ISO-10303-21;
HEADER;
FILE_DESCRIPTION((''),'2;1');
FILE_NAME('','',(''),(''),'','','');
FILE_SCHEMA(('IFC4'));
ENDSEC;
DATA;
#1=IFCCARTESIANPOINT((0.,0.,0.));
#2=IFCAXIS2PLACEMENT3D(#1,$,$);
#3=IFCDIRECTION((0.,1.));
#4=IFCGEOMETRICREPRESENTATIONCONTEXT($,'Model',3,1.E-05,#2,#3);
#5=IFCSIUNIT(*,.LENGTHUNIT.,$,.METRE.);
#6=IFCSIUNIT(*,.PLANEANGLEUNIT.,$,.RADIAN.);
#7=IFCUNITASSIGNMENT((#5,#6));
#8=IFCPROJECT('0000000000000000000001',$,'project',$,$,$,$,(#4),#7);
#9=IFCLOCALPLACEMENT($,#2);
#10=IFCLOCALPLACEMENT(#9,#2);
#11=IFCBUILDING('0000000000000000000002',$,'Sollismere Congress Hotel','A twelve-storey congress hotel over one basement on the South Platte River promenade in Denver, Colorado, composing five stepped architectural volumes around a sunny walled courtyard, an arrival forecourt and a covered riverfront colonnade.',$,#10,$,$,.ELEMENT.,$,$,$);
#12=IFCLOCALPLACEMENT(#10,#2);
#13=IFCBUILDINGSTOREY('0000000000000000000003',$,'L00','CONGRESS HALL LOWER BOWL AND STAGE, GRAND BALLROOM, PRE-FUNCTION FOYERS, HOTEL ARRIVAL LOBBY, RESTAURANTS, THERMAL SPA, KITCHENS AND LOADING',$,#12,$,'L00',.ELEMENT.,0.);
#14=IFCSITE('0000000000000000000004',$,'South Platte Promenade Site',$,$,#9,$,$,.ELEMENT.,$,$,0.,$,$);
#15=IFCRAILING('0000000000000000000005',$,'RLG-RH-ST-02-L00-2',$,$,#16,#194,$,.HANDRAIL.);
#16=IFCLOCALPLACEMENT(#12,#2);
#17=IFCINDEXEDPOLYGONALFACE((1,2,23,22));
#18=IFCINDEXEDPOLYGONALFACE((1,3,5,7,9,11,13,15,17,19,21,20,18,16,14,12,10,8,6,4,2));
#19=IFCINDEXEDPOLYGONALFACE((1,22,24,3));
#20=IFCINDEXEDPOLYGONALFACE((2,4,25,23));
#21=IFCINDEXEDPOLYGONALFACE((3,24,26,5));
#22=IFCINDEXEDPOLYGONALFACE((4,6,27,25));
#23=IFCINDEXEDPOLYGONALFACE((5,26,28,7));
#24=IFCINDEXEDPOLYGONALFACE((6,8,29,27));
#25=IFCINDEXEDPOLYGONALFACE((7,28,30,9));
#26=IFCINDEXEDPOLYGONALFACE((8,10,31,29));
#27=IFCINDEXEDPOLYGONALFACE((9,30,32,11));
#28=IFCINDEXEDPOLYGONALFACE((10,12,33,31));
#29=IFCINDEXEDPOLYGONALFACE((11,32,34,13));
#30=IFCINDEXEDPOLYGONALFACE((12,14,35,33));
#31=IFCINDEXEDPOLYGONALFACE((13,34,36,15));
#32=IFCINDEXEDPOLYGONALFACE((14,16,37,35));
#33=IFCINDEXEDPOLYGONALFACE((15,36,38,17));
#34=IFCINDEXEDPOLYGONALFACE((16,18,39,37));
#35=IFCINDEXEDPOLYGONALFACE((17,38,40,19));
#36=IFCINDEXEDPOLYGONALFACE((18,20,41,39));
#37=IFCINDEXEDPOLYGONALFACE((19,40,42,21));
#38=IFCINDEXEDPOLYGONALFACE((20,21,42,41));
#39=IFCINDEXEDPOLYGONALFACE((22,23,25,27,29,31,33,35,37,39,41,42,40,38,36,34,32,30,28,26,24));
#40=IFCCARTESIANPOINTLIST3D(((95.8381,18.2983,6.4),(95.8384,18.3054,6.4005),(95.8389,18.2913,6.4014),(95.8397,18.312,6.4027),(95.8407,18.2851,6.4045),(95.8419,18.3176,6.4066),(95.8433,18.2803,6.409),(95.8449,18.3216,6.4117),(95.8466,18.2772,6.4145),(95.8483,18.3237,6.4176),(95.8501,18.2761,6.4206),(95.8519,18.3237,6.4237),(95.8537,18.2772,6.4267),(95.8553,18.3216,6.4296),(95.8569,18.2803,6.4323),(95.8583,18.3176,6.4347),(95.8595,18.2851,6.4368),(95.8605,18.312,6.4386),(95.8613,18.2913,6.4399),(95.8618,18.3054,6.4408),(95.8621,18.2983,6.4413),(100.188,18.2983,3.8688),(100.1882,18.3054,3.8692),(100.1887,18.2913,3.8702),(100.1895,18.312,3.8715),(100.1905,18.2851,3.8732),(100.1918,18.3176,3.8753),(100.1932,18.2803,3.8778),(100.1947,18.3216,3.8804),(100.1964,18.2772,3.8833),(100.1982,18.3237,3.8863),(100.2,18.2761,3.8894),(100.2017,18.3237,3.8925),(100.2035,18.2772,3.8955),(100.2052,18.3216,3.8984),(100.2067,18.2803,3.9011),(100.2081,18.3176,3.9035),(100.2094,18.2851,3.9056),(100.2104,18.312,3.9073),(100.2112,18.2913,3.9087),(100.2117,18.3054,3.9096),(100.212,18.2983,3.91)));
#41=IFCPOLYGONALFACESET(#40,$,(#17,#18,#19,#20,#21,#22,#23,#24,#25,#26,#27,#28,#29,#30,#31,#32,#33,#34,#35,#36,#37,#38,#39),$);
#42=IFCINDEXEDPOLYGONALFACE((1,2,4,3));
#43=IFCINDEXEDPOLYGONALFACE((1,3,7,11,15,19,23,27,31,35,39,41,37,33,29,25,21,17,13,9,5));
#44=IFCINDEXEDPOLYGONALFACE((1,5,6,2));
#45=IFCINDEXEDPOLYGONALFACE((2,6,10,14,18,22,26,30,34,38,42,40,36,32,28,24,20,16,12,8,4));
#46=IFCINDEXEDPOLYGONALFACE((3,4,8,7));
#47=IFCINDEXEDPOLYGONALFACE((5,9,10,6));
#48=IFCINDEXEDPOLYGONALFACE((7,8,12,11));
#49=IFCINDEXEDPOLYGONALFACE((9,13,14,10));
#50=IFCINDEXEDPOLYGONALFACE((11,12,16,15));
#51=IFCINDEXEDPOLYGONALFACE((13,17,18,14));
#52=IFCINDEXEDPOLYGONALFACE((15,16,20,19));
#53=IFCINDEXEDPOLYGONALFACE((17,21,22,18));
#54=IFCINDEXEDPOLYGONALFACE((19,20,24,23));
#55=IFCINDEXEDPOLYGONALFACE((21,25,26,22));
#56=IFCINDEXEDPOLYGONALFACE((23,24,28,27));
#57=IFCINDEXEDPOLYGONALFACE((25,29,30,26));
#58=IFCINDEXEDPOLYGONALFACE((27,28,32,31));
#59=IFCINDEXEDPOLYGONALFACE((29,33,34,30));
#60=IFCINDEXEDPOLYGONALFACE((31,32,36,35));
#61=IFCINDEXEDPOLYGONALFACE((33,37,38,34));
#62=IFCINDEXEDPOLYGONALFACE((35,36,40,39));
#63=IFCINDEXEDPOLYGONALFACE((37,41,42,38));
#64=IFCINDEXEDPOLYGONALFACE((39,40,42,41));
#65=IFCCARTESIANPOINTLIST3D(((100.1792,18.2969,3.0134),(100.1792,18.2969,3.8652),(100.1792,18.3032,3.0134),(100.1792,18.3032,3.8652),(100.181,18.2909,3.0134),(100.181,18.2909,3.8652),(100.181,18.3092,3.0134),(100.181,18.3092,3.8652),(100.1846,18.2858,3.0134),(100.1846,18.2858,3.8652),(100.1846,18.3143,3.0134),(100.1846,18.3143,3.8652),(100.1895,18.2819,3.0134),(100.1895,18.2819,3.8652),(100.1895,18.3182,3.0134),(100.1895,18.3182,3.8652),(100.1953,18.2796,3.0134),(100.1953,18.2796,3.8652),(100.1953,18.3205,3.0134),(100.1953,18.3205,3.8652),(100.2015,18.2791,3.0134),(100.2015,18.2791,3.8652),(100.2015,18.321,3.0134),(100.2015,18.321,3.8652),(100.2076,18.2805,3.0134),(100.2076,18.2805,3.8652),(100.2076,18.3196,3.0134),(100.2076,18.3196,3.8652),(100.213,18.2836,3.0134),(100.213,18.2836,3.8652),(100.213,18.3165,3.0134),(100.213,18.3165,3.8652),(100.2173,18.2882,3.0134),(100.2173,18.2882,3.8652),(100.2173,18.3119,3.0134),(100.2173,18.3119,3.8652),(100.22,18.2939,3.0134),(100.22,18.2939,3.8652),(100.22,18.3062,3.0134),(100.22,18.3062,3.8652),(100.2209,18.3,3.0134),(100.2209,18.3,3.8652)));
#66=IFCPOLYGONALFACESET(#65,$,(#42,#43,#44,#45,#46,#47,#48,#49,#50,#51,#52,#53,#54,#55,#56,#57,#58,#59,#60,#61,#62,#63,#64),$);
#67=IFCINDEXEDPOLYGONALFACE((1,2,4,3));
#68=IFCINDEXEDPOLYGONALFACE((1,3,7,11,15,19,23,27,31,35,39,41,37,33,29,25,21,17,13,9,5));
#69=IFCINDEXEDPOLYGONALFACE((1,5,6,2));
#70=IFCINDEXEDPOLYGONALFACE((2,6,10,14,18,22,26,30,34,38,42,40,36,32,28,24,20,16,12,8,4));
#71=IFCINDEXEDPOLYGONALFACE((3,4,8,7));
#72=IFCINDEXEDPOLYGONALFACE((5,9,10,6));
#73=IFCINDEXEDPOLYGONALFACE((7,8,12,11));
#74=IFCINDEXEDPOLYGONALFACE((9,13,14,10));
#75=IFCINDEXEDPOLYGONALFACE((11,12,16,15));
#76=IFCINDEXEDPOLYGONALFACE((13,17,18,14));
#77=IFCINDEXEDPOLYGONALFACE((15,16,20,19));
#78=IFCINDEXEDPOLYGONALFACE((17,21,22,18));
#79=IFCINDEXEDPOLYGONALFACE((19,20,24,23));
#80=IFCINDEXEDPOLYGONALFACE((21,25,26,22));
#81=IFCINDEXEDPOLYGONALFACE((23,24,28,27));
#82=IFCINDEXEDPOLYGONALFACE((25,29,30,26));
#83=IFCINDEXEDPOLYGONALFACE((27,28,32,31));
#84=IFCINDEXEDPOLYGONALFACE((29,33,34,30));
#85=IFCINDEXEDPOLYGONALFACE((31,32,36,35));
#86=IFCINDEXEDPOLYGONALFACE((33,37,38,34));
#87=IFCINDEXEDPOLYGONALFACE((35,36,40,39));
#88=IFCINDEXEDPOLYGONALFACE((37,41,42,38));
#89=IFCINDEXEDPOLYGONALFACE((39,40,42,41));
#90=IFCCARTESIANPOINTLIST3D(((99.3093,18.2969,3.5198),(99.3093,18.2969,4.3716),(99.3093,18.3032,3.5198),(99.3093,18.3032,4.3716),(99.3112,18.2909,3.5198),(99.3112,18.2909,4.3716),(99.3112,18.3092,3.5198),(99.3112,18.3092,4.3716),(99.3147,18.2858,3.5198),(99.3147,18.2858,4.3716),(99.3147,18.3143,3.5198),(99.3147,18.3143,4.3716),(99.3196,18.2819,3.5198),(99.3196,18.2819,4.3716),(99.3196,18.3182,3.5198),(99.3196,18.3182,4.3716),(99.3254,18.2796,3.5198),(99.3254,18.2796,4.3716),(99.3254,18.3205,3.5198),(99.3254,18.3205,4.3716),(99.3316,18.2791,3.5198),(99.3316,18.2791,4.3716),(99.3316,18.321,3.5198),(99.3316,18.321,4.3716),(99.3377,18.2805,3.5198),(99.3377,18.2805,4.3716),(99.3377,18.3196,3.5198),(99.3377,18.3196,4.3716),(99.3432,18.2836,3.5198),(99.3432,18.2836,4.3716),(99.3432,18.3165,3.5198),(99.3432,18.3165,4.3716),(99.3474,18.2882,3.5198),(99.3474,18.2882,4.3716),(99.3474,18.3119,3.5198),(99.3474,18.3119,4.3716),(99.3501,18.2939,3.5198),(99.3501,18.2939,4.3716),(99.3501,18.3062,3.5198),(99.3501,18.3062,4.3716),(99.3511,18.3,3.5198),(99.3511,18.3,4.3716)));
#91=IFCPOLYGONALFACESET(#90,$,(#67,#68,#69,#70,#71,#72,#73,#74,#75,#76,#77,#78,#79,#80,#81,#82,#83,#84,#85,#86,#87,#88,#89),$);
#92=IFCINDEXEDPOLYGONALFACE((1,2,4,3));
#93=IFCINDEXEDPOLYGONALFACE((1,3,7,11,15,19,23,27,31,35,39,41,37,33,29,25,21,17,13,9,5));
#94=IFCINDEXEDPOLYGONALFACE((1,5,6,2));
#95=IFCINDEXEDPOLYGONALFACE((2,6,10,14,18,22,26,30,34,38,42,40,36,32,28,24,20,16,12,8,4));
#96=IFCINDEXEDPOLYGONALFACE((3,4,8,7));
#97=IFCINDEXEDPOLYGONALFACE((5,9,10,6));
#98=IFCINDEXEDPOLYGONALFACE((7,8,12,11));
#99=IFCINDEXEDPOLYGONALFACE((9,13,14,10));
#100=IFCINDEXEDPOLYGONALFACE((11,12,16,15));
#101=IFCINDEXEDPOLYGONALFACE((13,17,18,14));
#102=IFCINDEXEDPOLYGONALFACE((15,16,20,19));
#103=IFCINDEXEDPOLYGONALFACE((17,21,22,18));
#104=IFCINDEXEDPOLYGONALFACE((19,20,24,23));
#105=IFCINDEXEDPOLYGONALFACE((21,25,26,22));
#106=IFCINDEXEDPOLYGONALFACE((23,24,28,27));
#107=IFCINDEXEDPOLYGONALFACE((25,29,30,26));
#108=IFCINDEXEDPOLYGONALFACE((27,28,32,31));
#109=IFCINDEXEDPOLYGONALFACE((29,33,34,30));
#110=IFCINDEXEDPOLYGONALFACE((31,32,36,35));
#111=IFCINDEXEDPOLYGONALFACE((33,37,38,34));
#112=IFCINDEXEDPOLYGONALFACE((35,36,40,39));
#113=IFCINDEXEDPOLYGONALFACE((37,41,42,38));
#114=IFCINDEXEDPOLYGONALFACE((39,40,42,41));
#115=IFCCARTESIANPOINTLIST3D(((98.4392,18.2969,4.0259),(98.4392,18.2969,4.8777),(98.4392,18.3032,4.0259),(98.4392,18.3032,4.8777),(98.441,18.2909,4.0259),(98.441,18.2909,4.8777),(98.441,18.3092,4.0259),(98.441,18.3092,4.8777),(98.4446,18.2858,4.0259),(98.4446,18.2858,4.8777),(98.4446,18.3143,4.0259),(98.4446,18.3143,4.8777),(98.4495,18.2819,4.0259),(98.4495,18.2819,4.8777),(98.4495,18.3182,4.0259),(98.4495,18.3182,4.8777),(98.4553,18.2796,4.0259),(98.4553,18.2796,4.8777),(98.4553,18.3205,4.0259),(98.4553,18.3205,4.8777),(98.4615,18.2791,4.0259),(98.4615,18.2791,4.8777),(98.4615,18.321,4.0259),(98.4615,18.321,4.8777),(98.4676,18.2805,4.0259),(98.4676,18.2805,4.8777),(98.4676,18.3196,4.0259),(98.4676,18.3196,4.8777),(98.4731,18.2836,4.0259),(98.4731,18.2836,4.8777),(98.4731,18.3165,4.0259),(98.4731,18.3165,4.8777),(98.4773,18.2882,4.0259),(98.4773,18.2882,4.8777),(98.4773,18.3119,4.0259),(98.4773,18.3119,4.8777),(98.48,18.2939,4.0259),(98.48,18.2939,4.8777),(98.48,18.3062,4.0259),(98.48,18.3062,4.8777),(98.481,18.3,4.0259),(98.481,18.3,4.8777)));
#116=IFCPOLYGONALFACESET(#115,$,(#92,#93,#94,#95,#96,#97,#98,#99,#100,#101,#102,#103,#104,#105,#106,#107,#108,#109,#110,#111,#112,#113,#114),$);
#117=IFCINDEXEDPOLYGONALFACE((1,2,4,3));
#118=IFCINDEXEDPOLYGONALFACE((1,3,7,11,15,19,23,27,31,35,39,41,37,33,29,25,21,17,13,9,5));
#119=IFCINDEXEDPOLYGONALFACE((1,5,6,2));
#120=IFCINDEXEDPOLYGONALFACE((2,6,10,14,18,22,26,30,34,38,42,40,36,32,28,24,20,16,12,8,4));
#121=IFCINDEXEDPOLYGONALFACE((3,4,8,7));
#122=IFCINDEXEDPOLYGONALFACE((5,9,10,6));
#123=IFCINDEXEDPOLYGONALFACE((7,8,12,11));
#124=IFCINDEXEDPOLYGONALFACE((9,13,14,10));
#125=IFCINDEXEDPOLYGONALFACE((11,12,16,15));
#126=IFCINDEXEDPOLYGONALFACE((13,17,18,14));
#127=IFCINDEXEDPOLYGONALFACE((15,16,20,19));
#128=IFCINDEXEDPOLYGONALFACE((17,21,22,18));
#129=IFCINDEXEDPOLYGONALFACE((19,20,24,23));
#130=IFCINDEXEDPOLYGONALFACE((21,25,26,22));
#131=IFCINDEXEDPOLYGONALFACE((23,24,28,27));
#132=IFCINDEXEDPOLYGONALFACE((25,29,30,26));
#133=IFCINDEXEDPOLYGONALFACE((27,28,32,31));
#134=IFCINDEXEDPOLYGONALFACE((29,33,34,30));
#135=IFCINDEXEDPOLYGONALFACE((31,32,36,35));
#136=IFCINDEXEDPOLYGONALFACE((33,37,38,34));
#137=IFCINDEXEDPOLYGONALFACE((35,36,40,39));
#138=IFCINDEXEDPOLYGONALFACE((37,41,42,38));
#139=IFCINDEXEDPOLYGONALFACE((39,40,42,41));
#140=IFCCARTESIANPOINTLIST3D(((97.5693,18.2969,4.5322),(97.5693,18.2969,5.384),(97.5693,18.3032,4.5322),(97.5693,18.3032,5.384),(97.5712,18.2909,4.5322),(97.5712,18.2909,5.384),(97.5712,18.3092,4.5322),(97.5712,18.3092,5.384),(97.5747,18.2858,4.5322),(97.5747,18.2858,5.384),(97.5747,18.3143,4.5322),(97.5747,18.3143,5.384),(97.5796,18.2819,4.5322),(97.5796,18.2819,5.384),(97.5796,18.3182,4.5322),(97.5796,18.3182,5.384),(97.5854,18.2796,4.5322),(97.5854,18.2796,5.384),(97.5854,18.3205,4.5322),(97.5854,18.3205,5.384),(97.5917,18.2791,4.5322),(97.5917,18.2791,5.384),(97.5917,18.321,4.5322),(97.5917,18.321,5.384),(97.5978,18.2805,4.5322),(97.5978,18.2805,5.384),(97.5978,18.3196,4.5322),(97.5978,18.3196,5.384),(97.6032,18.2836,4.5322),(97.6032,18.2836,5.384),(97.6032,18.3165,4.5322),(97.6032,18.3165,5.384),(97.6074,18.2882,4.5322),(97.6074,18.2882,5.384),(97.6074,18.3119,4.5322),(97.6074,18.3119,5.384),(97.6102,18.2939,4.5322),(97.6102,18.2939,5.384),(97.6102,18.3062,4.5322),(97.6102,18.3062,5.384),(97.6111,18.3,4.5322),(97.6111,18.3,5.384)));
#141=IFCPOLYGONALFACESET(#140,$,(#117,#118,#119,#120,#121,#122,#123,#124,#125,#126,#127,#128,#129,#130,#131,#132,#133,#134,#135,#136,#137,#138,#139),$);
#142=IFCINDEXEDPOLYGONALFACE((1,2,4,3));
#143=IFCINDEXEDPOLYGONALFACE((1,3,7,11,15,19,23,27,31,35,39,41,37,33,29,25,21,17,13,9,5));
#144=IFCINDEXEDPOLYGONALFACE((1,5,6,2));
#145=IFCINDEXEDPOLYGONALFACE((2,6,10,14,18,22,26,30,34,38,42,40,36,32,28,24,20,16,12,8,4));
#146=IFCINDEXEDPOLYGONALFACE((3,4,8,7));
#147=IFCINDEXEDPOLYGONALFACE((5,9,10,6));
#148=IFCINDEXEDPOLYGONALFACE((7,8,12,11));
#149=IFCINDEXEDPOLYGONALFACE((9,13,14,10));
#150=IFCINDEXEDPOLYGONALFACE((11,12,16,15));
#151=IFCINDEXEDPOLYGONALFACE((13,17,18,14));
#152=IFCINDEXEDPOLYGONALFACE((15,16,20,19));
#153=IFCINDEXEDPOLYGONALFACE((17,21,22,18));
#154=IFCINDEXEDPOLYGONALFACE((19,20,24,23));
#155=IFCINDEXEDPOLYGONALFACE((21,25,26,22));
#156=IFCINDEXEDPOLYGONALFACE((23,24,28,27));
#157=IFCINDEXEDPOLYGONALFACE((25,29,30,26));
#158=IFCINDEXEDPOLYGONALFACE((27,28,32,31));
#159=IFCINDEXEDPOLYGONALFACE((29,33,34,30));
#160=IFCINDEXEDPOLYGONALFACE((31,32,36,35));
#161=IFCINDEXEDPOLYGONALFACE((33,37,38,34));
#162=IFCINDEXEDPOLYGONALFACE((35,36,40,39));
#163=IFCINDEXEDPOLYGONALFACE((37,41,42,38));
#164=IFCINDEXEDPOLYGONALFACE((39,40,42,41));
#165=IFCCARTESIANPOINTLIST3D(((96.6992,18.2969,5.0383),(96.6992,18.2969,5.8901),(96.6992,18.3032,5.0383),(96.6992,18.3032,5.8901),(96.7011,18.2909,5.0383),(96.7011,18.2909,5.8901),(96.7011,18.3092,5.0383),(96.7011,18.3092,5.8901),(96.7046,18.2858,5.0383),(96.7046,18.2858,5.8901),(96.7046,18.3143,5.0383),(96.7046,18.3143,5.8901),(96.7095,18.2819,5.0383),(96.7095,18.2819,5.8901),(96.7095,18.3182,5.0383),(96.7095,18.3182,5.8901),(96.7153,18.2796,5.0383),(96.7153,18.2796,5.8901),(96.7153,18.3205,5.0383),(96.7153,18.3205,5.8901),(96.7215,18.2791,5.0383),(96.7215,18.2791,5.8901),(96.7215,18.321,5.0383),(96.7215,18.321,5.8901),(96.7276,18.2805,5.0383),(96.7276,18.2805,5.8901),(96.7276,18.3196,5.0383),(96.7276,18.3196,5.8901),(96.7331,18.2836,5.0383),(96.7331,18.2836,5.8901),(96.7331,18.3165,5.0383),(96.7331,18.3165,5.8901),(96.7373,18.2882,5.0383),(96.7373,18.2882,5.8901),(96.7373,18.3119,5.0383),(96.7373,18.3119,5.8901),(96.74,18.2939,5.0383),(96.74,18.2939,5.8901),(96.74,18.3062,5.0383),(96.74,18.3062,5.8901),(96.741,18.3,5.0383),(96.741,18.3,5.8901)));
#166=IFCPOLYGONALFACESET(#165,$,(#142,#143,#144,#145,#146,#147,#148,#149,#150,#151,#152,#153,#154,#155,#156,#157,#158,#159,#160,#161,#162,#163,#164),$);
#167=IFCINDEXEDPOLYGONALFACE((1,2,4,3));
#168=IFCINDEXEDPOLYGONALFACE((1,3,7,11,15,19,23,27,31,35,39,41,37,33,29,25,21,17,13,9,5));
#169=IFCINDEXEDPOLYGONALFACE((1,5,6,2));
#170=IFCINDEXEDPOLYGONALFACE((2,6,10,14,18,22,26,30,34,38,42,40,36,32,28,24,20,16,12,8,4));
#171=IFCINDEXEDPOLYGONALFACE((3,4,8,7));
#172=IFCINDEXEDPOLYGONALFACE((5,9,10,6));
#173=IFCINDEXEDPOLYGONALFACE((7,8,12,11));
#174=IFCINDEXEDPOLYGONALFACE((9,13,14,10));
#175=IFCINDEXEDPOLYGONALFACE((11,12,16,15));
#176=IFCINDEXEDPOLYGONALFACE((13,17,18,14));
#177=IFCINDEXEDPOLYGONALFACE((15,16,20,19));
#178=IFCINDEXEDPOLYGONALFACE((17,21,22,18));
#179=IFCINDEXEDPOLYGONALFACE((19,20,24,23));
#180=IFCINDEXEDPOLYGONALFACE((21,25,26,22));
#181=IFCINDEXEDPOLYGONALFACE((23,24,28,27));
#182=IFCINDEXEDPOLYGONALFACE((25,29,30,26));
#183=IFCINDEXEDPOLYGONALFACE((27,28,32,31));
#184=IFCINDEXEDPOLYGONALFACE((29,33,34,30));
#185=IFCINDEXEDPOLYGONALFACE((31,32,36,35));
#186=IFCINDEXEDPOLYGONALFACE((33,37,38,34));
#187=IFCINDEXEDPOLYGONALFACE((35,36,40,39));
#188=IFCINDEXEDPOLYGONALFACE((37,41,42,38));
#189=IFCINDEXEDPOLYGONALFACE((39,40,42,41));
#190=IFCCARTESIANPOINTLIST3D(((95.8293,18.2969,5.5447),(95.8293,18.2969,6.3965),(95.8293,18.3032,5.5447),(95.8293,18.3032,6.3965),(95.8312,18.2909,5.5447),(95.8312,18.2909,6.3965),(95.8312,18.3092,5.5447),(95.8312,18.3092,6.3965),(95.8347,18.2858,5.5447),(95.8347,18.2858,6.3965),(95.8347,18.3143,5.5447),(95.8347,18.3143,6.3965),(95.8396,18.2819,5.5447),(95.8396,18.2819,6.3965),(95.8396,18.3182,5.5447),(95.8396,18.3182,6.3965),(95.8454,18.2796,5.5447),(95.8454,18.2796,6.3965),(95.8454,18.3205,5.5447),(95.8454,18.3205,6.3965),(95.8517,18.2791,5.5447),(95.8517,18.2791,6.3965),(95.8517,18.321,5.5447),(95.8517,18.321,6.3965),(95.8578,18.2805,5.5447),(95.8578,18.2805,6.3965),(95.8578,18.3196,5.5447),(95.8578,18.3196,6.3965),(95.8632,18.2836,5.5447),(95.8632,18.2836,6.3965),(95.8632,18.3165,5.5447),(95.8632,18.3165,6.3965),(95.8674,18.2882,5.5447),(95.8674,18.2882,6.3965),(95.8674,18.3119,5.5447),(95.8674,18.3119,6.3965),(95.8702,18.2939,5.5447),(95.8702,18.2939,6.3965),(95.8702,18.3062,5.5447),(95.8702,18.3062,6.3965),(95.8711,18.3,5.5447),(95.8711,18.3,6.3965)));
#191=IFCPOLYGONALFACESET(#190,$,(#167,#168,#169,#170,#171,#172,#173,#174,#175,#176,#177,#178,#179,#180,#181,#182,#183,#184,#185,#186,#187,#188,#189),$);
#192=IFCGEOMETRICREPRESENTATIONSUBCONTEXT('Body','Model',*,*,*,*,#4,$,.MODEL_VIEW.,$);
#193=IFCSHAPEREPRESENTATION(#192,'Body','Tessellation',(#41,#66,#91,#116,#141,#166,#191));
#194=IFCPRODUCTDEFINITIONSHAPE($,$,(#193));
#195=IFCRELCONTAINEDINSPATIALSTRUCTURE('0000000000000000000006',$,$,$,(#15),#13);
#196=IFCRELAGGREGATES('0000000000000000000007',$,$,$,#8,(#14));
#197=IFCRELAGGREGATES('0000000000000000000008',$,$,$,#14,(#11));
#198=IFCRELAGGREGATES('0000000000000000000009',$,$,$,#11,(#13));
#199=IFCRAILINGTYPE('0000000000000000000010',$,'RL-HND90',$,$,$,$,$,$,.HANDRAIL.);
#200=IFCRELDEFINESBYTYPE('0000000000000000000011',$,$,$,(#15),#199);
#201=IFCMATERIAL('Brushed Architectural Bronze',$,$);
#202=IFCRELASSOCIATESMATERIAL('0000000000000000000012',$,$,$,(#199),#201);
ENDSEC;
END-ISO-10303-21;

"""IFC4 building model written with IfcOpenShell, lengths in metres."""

from ifc_helpers import new_model, si_unit, direction, frame, origin, origin_2d, place, context, subcontext, project, spatial, circle, extrude, material, type_object, element, save


model = new_model("IFC4")

# Units and contexts
model_context = context("Model", 3, precision=1e-05, world=origin(), true_north=direction((0.0, 1.0)))
body_context = subcontext(model_context, "Body", "Model", "MODEL_VIEW")
ifc_project = project(units=[si_unit("LENGTHUNIT", "METRE"), si_unit("PLANEANGLEUNIT", "RADIAN")], contexts=[model_context])

# Site, building, storey
site_placement = place(None, origin())
site = spatial("IfcSite", under=ifc_project, at=site_placement, Name="South Platte Promenade Site", CompositionType="ELEMENT", RefElevation=0.0)
building_placement = place(site_placement, origin())
building = spatial("IfcBuilding", under=site, at=building_placement, Name="Sollismere Congress Hotel", Description="A twelve-storey congress hotel over one basement on the South Platte River promenade in Denver, Colorado, composing five stepped architectural volumes around a sunny walled courtyard, an arrival forecourt and a covered riverfront colonnade.", CompositionType="ELEMENT")
storey_placement = place(building_placement, origin())
storey = spatial("IfcBuildingStorey", under=building, at=storey_placement, Name="L00", Description="CONGRESS HALL LOWER BOWL AND STAGE, GRAND BALLROOM, PRE-FUNCTION FOYERS, HOTEL ARRIVAL LOBBY, RESTAURANTS, THERMAL SPA, KITCHENS AND LOADING", LongName="L00", CompositionType="ELEMENT", Elevation=0.0)

# Railing
ifc_material_1 = material(Name="Brushed Architectural Bronze")
railing_type_1 = type_object("IfcRailingType", Name="RL-HND90", PredefinedType="HANDRAIL", material=ifc_material_1)
railing_1_placement = place(storey_placement, frame((100.2, 18.3, 3.0134)))
element("IfcRailing", 1, at=railing_1_placement, inside=storey, type_object=railing_type_1, Name="RLG-RH-ST-02-L00-2", PredefinedType="HANDRAIL", context=body_context, shape_type="SweptSolid", body=[
    extrude(circle(Radius=0.0239, at=origin_2d()), frame((0.0, 0.0, 0.876), z_axis=(-0.864312, 0.0, 0.502957), x_axis=(0.0, -1.0, 0.0)), (0.0, 0.0, 1.0), 5.0327),
    extrude(circle(Radius=0.021, at=origin_2d()), origin(), (0.0, 0.0, 1.0), 0.8518),
    extrude(circle(Radius=0.021, at=origin_2d()), frame((-0.8699, 0.0, 0.5063)), (0.0, 0.0, 1.0), 0.8518),
    extrude(circle(Radius=0.021, at=origin_2d()), frame((-1.74, 0.0, 1.0125)), (0.0, 0.0, 1.0), 0.8518),
    extrude(circle(Radius=0.021, at=origin_2d()), frame((-2.6099, 0.0, 1.5188)), (0.0, 0.0, 1.0), 0.8518),
    extrude(circle(Radius=0.021, at=origin_2d()), frame((-3.48, 0.0, 2.0249)), (0.0, 0.0, 1.0), 0.8518),
    extrude(circle(Radius=0.021, at=origin_2d()), frame((-4.3499, 0.0, 2.5312)), (0.0, 0.0, 1.0), 0.8518),
])

save(model, "model.ifc")
